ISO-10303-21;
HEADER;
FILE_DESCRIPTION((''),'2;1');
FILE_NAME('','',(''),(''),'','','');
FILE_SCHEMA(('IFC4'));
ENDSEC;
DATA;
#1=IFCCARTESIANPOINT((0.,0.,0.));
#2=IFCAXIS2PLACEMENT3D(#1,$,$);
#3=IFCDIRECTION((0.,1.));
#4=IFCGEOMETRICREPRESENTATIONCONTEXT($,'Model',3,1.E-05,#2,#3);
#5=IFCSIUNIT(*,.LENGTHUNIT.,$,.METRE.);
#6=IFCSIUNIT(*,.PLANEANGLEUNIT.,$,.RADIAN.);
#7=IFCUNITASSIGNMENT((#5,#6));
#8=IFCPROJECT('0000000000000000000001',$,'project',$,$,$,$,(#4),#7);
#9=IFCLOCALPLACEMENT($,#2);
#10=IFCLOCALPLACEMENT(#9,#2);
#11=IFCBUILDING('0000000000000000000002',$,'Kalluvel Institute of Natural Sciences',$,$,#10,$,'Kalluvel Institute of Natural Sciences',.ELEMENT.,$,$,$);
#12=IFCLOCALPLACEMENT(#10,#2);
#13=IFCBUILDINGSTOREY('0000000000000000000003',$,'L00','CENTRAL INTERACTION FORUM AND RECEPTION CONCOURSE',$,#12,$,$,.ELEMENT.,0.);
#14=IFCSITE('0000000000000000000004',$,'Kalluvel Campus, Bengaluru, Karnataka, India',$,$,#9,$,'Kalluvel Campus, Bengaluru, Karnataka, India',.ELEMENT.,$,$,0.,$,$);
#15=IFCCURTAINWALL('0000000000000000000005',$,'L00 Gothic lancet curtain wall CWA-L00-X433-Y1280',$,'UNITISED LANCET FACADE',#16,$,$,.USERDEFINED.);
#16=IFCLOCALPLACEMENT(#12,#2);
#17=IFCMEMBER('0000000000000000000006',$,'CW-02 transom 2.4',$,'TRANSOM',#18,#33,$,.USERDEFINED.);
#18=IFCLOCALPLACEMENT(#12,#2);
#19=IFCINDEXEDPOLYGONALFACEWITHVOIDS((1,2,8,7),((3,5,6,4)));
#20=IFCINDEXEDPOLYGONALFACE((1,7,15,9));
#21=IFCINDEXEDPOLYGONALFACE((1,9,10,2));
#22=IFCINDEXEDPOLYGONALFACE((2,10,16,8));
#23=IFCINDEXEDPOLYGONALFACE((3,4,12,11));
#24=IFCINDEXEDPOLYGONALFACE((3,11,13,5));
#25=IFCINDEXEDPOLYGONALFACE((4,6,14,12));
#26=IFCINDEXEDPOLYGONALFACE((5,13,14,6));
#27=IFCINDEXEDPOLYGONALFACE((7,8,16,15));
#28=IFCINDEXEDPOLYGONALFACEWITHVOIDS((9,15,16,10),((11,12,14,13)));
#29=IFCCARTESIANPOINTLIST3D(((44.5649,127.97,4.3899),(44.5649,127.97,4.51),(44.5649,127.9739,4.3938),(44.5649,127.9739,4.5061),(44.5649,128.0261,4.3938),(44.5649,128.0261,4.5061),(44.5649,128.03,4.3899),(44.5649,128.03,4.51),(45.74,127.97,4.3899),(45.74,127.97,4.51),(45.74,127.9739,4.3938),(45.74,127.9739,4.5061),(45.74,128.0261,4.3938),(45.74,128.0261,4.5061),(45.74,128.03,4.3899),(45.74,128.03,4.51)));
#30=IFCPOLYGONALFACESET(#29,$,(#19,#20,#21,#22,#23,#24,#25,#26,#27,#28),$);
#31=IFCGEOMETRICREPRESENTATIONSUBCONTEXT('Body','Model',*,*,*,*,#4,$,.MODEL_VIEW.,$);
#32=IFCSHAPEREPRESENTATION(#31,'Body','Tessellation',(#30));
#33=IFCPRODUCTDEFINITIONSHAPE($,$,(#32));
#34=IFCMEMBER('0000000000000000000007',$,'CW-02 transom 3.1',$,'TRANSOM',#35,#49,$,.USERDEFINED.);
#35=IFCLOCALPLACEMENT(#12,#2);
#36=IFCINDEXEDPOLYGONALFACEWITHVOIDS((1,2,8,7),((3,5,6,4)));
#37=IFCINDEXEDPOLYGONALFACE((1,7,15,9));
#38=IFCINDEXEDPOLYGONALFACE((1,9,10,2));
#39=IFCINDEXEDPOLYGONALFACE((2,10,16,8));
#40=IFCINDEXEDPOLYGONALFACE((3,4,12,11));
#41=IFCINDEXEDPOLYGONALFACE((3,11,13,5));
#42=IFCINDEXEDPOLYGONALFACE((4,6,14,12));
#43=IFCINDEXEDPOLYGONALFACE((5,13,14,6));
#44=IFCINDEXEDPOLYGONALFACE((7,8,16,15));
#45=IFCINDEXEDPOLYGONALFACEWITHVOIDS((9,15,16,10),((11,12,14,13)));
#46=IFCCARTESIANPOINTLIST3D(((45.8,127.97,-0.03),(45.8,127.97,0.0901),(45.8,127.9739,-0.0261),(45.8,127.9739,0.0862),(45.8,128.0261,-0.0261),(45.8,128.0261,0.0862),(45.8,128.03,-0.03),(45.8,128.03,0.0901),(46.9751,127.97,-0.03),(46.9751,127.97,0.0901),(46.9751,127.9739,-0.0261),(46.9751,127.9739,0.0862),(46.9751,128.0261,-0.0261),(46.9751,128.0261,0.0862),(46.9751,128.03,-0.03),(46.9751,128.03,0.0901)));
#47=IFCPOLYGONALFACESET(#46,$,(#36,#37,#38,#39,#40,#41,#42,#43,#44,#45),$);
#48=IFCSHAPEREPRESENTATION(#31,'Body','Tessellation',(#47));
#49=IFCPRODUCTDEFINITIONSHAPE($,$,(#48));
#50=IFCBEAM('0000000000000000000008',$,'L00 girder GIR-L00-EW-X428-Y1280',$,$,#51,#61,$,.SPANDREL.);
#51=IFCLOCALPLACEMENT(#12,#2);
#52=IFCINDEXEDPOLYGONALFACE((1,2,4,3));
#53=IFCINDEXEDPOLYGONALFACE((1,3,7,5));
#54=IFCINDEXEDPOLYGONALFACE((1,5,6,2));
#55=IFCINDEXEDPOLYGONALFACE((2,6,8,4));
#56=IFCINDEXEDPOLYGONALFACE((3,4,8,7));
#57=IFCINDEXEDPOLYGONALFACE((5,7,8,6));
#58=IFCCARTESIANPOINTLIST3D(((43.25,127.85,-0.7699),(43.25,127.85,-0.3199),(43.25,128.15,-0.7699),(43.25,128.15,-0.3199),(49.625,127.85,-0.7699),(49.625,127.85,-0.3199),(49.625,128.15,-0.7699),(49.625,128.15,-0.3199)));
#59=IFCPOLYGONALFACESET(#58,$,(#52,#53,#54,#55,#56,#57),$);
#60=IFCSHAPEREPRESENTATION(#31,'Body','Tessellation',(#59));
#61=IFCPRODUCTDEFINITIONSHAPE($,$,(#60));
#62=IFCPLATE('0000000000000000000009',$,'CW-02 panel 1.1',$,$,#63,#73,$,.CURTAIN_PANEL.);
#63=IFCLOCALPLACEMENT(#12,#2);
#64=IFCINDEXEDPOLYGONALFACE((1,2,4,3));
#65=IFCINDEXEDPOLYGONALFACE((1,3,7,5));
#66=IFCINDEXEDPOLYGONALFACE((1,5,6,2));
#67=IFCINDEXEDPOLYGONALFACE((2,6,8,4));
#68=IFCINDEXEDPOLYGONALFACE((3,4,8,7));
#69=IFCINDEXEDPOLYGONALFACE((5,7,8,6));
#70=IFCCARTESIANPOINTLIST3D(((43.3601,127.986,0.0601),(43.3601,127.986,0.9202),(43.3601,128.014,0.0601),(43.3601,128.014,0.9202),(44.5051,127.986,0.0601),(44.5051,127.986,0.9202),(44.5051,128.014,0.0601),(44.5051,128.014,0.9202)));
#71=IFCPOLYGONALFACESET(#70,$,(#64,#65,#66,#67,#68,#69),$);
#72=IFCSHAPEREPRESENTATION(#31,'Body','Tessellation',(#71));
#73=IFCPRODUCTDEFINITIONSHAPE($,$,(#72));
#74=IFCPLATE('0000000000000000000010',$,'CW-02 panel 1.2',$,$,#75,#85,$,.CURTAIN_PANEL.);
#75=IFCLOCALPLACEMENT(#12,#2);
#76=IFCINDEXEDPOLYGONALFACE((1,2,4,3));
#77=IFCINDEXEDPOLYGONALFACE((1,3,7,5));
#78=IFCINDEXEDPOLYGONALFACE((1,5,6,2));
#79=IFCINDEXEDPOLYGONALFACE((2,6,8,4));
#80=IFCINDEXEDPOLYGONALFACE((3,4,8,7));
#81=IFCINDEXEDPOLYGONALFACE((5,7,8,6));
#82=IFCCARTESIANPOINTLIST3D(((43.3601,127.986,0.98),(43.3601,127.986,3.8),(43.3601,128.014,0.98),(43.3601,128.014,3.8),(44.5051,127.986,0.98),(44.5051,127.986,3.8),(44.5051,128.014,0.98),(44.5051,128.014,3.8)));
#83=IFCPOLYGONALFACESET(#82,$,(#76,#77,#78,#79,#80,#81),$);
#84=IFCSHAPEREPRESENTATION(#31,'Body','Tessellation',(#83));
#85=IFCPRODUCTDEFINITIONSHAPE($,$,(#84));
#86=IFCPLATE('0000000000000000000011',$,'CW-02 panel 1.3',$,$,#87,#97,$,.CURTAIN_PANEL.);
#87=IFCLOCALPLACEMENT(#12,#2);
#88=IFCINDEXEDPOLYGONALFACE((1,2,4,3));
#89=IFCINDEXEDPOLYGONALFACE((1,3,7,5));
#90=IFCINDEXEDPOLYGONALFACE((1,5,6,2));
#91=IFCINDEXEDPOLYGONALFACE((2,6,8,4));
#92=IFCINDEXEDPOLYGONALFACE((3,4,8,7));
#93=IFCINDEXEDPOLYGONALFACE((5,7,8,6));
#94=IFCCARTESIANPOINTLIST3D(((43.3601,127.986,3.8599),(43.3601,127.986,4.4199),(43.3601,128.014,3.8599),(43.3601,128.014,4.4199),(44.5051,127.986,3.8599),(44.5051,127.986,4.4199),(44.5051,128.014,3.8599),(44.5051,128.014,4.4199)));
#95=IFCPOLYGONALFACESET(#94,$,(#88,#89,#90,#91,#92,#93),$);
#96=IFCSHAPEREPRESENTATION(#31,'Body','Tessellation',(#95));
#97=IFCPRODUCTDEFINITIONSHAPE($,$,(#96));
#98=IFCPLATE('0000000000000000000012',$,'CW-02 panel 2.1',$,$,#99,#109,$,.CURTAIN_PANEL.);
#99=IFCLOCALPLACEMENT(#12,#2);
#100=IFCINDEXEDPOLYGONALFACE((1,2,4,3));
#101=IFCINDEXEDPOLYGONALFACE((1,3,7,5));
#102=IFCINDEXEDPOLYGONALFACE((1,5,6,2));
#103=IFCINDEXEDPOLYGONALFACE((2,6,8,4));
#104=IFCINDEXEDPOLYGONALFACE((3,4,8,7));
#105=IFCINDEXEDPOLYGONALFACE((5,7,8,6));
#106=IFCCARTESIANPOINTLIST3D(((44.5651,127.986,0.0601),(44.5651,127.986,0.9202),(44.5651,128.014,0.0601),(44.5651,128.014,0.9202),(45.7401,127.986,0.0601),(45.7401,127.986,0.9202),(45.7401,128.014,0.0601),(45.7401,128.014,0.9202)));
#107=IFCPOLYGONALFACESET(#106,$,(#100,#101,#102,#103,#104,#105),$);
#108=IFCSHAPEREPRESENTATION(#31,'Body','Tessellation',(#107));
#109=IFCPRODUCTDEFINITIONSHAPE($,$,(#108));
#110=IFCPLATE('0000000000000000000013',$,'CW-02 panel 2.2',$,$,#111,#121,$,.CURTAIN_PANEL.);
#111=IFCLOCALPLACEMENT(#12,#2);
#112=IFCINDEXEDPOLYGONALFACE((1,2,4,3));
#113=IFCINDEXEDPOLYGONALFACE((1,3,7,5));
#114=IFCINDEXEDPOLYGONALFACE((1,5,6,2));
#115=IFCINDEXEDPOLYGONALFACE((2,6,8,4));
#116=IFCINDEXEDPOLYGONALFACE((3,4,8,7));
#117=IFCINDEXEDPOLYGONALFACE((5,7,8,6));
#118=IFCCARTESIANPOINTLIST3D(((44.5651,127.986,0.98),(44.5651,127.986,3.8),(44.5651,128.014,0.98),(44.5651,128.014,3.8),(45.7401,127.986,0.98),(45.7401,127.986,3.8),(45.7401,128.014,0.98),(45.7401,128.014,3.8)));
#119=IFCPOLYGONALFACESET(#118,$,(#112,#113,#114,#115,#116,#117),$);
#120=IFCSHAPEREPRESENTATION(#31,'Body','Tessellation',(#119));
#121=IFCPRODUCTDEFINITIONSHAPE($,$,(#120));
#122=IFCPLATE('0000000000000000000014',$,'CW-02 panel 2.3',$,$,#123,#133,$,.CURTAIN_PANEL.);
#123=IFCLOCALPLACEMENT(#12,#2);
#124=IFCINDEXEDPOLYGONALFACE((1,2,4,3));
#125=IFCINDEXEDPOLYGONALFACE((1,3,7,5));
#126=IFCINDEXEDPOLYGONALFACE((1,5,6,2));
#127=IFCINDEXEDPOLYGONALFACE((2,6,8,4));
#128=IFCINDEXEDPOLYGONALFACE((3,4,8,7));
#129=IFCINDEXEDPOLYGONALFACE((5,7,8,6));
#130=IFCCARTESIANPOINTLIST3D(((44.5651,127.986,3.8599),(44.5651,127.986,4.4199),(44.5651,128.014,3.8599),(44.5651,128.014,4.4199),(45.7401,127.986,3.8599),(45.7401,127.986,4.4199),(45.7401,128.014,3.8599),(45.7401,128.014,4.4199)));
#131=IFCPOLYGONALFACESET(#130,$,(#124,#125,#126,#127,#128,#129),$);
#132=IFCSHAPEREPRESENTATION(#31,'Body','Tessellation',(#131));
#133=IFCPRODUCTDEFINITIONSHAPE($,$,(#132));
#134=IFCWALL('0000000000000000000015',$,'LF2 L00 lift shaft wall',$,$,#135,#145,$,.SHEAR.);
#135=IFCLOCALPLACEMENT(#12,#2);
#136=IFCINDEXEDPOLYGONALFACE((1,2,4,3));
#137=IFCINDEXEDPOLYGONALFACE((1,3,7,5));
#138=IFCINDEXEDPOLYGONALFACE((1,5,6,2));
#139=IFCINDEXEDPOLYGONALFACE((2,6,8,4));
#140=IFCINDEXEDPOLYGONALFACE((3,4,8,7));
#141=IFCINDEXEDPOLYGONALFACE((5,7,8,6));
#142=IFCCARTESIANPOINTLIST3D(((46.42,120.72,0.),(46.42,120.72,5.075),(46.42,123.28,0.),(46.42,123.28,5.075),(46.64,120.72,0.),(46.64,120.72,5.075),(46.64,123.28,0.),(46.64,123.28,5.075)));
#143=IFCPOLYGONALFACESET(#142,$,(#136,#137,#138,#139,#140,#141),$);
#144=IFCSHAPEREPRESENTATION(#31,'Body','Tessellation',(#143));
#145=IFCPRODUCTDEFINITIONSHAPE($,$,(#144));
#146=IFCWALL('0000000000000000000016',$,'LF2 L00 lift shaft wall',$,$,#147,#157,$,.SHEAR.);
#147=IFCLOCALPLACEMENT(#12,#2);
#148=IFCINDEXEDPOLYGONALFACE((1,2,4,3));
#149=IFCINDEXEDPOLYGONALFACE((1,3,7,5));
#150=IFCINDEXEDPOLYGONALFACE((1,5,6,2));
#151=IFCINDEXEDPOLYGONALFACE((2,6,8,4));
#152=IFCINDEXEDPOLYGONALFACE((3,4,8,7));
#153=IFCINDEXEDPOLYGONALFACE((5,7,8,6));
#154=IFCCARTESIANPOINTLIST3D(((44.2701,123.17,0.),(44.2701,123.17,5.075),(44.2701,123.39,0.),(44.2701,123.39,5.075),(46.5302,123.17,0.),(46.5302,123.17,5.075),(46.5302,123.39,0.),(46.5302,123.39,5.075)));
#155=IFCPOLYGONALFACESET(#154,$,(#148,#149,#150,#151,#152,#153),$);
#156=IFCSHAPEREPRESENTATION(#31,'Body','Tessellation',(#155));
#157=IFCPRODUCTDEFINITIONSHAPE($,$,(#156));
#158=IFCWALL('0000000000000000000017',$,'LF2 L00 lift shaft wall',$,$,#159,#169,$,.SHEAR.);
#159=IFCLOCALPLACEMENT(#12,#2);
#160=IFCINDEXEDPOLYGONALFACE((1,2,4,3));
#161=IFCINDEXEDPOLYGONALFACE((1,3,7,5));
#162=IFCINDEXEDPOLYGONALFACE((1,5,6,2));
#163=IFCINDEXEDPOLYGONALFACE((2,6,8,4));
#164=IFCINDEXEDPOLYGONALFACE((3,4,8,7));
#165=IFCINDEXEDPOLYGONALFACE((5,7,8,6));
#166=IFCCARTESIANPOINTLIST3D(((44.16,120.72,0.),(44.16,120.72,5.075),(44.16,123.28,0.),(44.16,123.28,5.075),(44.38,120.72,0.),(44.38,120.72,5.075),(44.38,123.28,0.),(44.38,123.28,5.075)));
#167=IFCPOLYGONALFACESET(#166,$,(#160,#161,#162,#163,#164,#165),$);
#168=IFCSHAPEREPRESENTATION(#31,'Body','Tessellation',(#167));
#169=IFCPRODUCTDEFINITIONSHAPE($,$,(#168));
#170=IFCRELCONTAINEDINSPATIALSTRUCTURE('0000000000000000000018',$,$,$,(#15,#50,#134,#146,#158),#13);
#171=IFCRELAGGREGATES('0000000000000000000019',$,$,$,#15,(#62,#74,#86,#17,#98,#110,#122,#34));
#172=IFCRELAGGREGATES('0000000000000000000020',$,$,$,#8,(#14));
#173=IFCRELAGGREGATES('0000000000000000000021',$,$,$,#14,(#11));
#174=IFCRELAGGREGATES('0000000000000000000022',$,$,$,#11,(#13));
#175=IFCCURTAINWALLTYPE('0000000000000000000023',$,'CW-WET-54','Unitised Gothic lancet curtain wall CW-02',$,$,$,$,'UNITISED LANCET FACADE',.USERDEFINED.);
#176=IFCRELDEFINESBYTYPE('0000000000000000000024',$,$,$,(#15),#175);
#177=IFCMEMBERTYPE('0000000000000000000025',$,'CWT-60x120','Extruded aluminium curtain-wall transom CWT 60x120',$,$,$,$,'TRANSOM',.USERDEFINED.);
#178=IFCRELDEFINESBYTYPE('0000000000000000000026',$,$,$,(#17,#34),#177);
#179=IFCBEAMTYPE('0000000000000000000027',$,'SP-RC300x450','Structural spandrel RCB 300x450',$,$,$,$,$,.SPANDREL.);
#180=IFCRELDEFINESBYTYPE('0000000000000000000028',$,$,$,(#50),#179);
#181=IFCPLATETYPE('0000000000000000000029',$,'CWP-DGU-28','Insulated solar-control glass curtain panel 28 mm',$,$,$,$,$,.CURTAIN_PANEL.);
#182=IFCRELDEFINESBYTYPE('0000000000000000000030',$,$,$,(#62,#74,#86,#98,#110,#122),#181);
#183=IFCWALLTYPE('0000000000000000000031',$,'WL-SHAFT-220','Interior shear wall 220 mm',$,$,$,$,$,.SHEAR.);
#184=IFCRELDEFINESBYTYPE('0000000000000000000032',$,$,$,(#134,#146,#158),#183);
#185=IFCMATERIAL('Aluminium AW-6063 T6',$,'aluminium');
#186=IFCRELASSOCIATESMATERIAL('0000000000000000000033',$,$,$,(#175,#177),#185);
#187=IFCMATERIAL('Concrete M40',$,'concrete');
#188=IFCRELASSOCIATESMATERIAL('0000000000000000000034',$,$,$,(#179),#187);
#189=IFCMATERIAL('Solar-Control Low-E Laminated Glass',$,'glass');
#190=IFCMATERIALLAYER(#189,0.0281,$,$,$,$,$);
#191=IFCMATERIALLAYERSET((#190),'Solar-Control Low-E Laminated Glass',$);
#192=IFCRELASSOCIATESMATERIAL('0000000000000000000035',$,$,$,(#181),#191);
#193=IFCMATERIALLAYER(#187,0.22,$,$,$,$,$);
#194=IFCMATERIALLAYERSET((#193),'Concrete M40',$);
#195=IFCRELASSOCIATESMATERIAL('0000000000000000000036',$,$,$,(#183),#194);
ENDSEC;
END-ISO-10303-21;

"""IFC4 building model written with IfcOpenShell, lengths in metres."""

from ifc_helpers import new_model, si_unit, direction, frame, frame_2d, origin, origin_2d, place, context, subcontext, project, spatial, rectangle, hollow_rectangle, extrude, material, layer, layer_set, material_profile, profile_set, type_object, element, aggregate, save


model = new_model("IFC4")

# Units and contexts
model_context = context("Model", 3, precision=1e-05, world=origin(), true_north=direction((0.0, 1.0)))
body_context = subcontext(model_context, "Body", "Model", "MODEL_VIEW")
ifc_project = project(units=[si_unit("LENGTHUNIT", "METRE"), si_unit("PLANEANGLEUNIT", "RADIAN")], contexts=[model_context])

# Site, building, storey
site_placement = place(None, origin())
site = spatial("IfcSite", under=ifc_project, at=site_placement, Name="Kalluvel Campus, Bengaluru, Karnataka, India", LongName="Kalluvel Campus, Bengaluru, Karnataka, India", CompositionType="ELEMENT", RefElevation=0.0)
building_placement = place(site_placement, origin())
building = spatial("IfcBuilding", under=site, at=building_placement, Name="Kalluvel Institute of Natural Sciences", LongName="Kalluvel Institute of Natural Sciences", CompositionType="ELEMENT")
storey_placement = place(building_placement, origin())
storey = spatial("IfcBuildingStorey", under=building, at=storey_placement, Name="L00", Description="CENTRAL INTERACTION FORUM AND RECEPTION CONCOURSE", CompositionType="ELEMENT", Elevation=0.0)

# Curtain wall, members
ifc_material_1 = material(Name="Aluminium AW-6063 T6", Category="aluminium")
curtain_wall_type = type_object("IfcCurtainWallType", Name="CW-WET-54", Description="Unitised Gothic lancet curtain wall CW-02", ElementType="UNITISED LANCET FACADE", PredefinedType="USERDEFINED", material=ifc_material_1)
curtain_wall_placement = place(storey_placement, origin())
curtain_wall = element("IfcCurtainWall", 1, at=curtain_wall_placement, inside=storey, type_object=curtain_wall_type, Name="L00 Gothic lancet curtain wall CWA-L00-X433-Y1280", ObjectType="UNITISED LANCET FACADE", PredefinedType="USERDEFINED")
ifc_material_profile_1 = material_profile(ifc_material_1, hollow_rectangle(XDim=0.0601, YDim=0.1201, WallThickness=0.0039, at=origin_2d()), Name="CWT 60x120")
ifc_profile_set_1 = profile_set([ifc_material_profile_1], Name="Aluminium AW-6063 T6")
member_type_1 = type_object("IfcMemberType", Name="CWT-60x120", Description="Extruded aluminium curtain-wall transom CWT 60x120", ElementType="TRANSOM", PredefinedType="USERDEFINED", material=ifc_profile_set_1)
member_1_placement = place(storey_placement, frame((44.5649, 128.0, 4.45), z_axis=(1.0, 0.0, 0.0), x_axis=(0.0, 1.0, 0.0)))
member_1 = element("IfcMember", 2, at=member_1_placement, type_object=member_type_1, Name="CW-02 transom 2.4", ObjectType="TRANSOM", PredefinedType="USERDEFINED", context=body_context, shape_type="SweptSolid", body=[
    extrude(hollow_rectangle(XDim=0.0601, YDim=0.1201, WallThickness=0.0039, at=origin_2d()), origin(), (0.0, 0.0, 1.0), 1.175),
])
member_2_placement = place(storey_placement, frame((45.8, 128.0, 0.03), z_axis=(1.0, 0.0, 0.0), x_axis=(0.0, 1.0, 0.0)))
member_2 = element("IfcMember", 3, at=member_2_placement, type_object=member_type_1, Name="CW-02 transom 3.1", ObjectType="TRANSOM", PredefinedType="USERDEFINED", context=body_context, shape_type="SweptSolid", body=[
    extrude(hollow_rectangle(XDim=0.0601, YDim=0.1201, WallThickness=0.0039, at=origin_2d()), origin(), (0.0, 0.0, 1.0), 1.175),
])

# Beam
ifc_material_2 = material(Name="Concrete M40", Category="concrete")
ifc_material_profile_2 = material_profile(ifc_material_2, rectangle(XDim=0.3, YDim=0.45, at=origin_2d()), Name="RCB 300x450")
ifc_profile_set_2 = profile_set([ifc_material_profile_2], Name="Concrete M40")
beam_type = type_object("IfcBeamType", Name="SP-RC300x450", Description="Structural spandrel RCB 300x450", PredefinedType="SPANDREL", material=ifc_profile_set_2)
beam_placement = place(storey_placement, frame((43.25, 128.0, -0.5449), z_axis=(1.0, 0.0, 0.0), x_axis=(0.0, 1.0, 0.0)))
element("IfcBeam", 4, at=beam_placement, inside=storey, type_object=beam_type, Name="L00 girder GIR-L00-EW-X428-Y1280", PredefinedType="SPANDREL", context=body_context, shape_type="SweptSolid", body=[
    extrude(rectangle(XDim=0.3, YDim=0.45, at=origin_2d()), origin(), (0.0, 0.0, 1.0), 6.375),
])

# Plates
ifc_material_3 = material(Name="Solar-Control Low-E Laminated Glass", Category="glass")
ifc_layer_1 = layer(ifc_material_3, 0.0281)
ifc_layer_set_1 = layer_set([ifc_layer_1], Name="Solar-Control Low-E Laminated Glass")
plate_type = type_object("IfcPlateType", Name="CWP-DGU-28", Description="Insulated solar-control glass curtain panel 28 mm", PredefinedType="CURTAIN_PANEL", material=ifc_layer_set_1)
plate_1_placement = place(storey_placement, frame((43.9326, 128.0, 0.0601), z_axis=(0.0, 0.0, 1.0), x_axis=(1.0, 0.0, 0.0)))
plate_1 = element("IfcPlate", 5, at=plate_1_placement, type_object=plate_type, Name="CW-02 panel 1.1", PredefinedType="CURTAIN_PANEL", context=body_context, shape_type="SweptSolid", body=[
    extrude(rectangle(XDim=1.145, YDim=0.0281, at=origin_2d()), origin(), (0.0, 0.0, 1.0), 0.8601),
])
plate_2_placement = place(storey_placement, frame((43.9326, 128.0, 0.98), z_axis=(0.0, 0.0, 1.0), x_axis=(1.0, 0.0, 0.0)))
plate_2 = element("IfcPlate", 6, at=plate_2_placement, type_object=plate_type, Name="CW-02 panel 1.2", PredefinedType="CURTAIN_PANEL", context=body_context, shape_type="SweptSolid", body=[
    extrude(rectangle(XDim=1.145, YDim=0.0281, at=origin_2d()), origin(), (0.0, 0.0, 1.0), 2.8201),
])
plate_3_placement = place(storey_placement, frame((43.9326, 128.0, 3.8599), z_axis=(0.0, 0.0, 1.0), x_axis=(1.0, 0.0, 0.0)))
plate_3 = element("IfcPlate", 7, at=plate_3_placement, type_object=plate_type, Name="CW-02 panel 1.3", PredefinedType="CURTAIN_PANEL", context=body_context, shape_type="SweptSolid", body=[
    extrude(rectangle(XDim=1.145, YDim=0.0281, at=origin_2d()), origin(), (0.0, 0.0, 1.0), 0.5601),
])
plate_4_placement = place(storey_placement, frame((45.1526, 128.0, 0.0601), z_axis=(0.0, 0.0, 1.0), x_axis=(1.0, 0.0, 0.0)))
plate_4 = element("IfcPlate", 8, at=plate_4_placement, type_object=plate_type, Name="CW-02 panel 2.1", PredefinedType="CURTAIN_PANEL", context=body_context, shape_type="SweptSolid", body=[
    extrude(rectangle(XDim=1.175, YDim=0.0281, at=origin_2d()), origin(), (0.0, 0.0, 1.0), 0.8601),
])
plate_5_placement = place(storey_placement, frame((45.1526, 128.0, 0.98), z_axis=(0.0, 0.0, 1.0), x_axis=(1.0, 0.0, 0.0)))
plate_5 = element("IfcPlate", 9, at=plate_5_placement, type_object=plate_type, Name="CW-02 panel 2.2", PredefinedType="CURTAIN_PANEL", context=body_context, shape_type="SweptSolid", body=[
    extrude(rectangle(XDim=1.175, YDim=0.0281, at=origin_2d()), origin(), (0.0, 0.0, 1.0), 2.8201),
])
plate_6_placement = place(storey_placement, frame((45.1526, 128.0, 3.8599), z_axis=(0.0, 0.0, 1.0), x_axis=(1.0, 0.0, 0.0)))
plate_6 = element("IfcPlate", 10, at=plate_6_placement, type_object=plate_type, Name="CW-02 panel 2.3", PredefinedType="CURTAIN_PANEL", context=body_context, shape_type="SweptSolid", body=[
    extrude(rectangle(XDim=1.175, YDim=0.0281, at=origin_2d()), origin(), (0.0, 0.0, 1.0), 0.5601),
])
aggregate(curtain_wall, [plate_1, plate_2, plate_3, member_1, plate_4, plate_5, plate_6, member_2])

# Shared definitions
ifc_layer_2 = layer(ifc_material_2, 0.22)
ifc_layer_set_2 = layer_set([ifc_layer_2], Name="Concrete M40")
wall_type = type_object("IfcWallType", Name="WL-SHAFT-220", Description="Interior shear wall 220 mm", PredefinedType="SHEAR", material=ifc_layer_set_2)

# Walls
wall_1_placement = place(storey_placement, frame((46.53, 120.72, 0.0), z_axis=(0.0, 0.0, 1.0), x_axis=(0.0, 1.0, 0.0)))
element("IfcWall", 11, at=wall_1_placement, inside=storey, type_object=wall_type, Name="LF2 L00 lift shaft wall", PredefinedType="SHEAR", context=body_context, shape_type="SweptSolid", body=[
    extrude(rectangle(XDim=2.5601, YDim=0.22, at=frame_2d((1.28, 0.0))), origin(), (0.0, 0.0, 1.0), 5.075),
])
wall_2_placement = place(storey_placement, frame((46.53, 123.28, 0.0), z_axis=(0.0, 0.0, 1.0), x_axis=(-1.0, 0.0, 0.0)))
element("IfcWall", 12, at=wall_2_placement, inside=storey, type_object=wall_type, Name="LF2 L00 lift shaft wall", PredefinedType="SHEAR", context=body_context, shape_type="SweptSolid", body=[
    extrude(rectangle(XDim=2.26, YDim=0.22, at=frame_2d((1.1299, 0.0))), origin(), (0.0, 0.0, 1.0), 5.075),
])
wall_3_placement = place(storey_placement, frame((44.27, 123.28, 0.0), z_axis=(0.0, 0.0, 1.0), x_axis=(0.0, -1.0, 0.0)))
element("IfcWall", 13, at=wall_3_placement, inside=storey, type_object=wall_type, Name="LF2 L00 lift shaft wall", PredefinedType="SHEAR", context=body_context, shape_type="SweptSolid", body=[
    extrude(rectangle(XDim=2.5601, YDim=0.22, at=frame_2d((1.28, 0.0))), origin(), (0.0, 0.0, 1.0), 5.075),
])

save(model, "model.ifc")
